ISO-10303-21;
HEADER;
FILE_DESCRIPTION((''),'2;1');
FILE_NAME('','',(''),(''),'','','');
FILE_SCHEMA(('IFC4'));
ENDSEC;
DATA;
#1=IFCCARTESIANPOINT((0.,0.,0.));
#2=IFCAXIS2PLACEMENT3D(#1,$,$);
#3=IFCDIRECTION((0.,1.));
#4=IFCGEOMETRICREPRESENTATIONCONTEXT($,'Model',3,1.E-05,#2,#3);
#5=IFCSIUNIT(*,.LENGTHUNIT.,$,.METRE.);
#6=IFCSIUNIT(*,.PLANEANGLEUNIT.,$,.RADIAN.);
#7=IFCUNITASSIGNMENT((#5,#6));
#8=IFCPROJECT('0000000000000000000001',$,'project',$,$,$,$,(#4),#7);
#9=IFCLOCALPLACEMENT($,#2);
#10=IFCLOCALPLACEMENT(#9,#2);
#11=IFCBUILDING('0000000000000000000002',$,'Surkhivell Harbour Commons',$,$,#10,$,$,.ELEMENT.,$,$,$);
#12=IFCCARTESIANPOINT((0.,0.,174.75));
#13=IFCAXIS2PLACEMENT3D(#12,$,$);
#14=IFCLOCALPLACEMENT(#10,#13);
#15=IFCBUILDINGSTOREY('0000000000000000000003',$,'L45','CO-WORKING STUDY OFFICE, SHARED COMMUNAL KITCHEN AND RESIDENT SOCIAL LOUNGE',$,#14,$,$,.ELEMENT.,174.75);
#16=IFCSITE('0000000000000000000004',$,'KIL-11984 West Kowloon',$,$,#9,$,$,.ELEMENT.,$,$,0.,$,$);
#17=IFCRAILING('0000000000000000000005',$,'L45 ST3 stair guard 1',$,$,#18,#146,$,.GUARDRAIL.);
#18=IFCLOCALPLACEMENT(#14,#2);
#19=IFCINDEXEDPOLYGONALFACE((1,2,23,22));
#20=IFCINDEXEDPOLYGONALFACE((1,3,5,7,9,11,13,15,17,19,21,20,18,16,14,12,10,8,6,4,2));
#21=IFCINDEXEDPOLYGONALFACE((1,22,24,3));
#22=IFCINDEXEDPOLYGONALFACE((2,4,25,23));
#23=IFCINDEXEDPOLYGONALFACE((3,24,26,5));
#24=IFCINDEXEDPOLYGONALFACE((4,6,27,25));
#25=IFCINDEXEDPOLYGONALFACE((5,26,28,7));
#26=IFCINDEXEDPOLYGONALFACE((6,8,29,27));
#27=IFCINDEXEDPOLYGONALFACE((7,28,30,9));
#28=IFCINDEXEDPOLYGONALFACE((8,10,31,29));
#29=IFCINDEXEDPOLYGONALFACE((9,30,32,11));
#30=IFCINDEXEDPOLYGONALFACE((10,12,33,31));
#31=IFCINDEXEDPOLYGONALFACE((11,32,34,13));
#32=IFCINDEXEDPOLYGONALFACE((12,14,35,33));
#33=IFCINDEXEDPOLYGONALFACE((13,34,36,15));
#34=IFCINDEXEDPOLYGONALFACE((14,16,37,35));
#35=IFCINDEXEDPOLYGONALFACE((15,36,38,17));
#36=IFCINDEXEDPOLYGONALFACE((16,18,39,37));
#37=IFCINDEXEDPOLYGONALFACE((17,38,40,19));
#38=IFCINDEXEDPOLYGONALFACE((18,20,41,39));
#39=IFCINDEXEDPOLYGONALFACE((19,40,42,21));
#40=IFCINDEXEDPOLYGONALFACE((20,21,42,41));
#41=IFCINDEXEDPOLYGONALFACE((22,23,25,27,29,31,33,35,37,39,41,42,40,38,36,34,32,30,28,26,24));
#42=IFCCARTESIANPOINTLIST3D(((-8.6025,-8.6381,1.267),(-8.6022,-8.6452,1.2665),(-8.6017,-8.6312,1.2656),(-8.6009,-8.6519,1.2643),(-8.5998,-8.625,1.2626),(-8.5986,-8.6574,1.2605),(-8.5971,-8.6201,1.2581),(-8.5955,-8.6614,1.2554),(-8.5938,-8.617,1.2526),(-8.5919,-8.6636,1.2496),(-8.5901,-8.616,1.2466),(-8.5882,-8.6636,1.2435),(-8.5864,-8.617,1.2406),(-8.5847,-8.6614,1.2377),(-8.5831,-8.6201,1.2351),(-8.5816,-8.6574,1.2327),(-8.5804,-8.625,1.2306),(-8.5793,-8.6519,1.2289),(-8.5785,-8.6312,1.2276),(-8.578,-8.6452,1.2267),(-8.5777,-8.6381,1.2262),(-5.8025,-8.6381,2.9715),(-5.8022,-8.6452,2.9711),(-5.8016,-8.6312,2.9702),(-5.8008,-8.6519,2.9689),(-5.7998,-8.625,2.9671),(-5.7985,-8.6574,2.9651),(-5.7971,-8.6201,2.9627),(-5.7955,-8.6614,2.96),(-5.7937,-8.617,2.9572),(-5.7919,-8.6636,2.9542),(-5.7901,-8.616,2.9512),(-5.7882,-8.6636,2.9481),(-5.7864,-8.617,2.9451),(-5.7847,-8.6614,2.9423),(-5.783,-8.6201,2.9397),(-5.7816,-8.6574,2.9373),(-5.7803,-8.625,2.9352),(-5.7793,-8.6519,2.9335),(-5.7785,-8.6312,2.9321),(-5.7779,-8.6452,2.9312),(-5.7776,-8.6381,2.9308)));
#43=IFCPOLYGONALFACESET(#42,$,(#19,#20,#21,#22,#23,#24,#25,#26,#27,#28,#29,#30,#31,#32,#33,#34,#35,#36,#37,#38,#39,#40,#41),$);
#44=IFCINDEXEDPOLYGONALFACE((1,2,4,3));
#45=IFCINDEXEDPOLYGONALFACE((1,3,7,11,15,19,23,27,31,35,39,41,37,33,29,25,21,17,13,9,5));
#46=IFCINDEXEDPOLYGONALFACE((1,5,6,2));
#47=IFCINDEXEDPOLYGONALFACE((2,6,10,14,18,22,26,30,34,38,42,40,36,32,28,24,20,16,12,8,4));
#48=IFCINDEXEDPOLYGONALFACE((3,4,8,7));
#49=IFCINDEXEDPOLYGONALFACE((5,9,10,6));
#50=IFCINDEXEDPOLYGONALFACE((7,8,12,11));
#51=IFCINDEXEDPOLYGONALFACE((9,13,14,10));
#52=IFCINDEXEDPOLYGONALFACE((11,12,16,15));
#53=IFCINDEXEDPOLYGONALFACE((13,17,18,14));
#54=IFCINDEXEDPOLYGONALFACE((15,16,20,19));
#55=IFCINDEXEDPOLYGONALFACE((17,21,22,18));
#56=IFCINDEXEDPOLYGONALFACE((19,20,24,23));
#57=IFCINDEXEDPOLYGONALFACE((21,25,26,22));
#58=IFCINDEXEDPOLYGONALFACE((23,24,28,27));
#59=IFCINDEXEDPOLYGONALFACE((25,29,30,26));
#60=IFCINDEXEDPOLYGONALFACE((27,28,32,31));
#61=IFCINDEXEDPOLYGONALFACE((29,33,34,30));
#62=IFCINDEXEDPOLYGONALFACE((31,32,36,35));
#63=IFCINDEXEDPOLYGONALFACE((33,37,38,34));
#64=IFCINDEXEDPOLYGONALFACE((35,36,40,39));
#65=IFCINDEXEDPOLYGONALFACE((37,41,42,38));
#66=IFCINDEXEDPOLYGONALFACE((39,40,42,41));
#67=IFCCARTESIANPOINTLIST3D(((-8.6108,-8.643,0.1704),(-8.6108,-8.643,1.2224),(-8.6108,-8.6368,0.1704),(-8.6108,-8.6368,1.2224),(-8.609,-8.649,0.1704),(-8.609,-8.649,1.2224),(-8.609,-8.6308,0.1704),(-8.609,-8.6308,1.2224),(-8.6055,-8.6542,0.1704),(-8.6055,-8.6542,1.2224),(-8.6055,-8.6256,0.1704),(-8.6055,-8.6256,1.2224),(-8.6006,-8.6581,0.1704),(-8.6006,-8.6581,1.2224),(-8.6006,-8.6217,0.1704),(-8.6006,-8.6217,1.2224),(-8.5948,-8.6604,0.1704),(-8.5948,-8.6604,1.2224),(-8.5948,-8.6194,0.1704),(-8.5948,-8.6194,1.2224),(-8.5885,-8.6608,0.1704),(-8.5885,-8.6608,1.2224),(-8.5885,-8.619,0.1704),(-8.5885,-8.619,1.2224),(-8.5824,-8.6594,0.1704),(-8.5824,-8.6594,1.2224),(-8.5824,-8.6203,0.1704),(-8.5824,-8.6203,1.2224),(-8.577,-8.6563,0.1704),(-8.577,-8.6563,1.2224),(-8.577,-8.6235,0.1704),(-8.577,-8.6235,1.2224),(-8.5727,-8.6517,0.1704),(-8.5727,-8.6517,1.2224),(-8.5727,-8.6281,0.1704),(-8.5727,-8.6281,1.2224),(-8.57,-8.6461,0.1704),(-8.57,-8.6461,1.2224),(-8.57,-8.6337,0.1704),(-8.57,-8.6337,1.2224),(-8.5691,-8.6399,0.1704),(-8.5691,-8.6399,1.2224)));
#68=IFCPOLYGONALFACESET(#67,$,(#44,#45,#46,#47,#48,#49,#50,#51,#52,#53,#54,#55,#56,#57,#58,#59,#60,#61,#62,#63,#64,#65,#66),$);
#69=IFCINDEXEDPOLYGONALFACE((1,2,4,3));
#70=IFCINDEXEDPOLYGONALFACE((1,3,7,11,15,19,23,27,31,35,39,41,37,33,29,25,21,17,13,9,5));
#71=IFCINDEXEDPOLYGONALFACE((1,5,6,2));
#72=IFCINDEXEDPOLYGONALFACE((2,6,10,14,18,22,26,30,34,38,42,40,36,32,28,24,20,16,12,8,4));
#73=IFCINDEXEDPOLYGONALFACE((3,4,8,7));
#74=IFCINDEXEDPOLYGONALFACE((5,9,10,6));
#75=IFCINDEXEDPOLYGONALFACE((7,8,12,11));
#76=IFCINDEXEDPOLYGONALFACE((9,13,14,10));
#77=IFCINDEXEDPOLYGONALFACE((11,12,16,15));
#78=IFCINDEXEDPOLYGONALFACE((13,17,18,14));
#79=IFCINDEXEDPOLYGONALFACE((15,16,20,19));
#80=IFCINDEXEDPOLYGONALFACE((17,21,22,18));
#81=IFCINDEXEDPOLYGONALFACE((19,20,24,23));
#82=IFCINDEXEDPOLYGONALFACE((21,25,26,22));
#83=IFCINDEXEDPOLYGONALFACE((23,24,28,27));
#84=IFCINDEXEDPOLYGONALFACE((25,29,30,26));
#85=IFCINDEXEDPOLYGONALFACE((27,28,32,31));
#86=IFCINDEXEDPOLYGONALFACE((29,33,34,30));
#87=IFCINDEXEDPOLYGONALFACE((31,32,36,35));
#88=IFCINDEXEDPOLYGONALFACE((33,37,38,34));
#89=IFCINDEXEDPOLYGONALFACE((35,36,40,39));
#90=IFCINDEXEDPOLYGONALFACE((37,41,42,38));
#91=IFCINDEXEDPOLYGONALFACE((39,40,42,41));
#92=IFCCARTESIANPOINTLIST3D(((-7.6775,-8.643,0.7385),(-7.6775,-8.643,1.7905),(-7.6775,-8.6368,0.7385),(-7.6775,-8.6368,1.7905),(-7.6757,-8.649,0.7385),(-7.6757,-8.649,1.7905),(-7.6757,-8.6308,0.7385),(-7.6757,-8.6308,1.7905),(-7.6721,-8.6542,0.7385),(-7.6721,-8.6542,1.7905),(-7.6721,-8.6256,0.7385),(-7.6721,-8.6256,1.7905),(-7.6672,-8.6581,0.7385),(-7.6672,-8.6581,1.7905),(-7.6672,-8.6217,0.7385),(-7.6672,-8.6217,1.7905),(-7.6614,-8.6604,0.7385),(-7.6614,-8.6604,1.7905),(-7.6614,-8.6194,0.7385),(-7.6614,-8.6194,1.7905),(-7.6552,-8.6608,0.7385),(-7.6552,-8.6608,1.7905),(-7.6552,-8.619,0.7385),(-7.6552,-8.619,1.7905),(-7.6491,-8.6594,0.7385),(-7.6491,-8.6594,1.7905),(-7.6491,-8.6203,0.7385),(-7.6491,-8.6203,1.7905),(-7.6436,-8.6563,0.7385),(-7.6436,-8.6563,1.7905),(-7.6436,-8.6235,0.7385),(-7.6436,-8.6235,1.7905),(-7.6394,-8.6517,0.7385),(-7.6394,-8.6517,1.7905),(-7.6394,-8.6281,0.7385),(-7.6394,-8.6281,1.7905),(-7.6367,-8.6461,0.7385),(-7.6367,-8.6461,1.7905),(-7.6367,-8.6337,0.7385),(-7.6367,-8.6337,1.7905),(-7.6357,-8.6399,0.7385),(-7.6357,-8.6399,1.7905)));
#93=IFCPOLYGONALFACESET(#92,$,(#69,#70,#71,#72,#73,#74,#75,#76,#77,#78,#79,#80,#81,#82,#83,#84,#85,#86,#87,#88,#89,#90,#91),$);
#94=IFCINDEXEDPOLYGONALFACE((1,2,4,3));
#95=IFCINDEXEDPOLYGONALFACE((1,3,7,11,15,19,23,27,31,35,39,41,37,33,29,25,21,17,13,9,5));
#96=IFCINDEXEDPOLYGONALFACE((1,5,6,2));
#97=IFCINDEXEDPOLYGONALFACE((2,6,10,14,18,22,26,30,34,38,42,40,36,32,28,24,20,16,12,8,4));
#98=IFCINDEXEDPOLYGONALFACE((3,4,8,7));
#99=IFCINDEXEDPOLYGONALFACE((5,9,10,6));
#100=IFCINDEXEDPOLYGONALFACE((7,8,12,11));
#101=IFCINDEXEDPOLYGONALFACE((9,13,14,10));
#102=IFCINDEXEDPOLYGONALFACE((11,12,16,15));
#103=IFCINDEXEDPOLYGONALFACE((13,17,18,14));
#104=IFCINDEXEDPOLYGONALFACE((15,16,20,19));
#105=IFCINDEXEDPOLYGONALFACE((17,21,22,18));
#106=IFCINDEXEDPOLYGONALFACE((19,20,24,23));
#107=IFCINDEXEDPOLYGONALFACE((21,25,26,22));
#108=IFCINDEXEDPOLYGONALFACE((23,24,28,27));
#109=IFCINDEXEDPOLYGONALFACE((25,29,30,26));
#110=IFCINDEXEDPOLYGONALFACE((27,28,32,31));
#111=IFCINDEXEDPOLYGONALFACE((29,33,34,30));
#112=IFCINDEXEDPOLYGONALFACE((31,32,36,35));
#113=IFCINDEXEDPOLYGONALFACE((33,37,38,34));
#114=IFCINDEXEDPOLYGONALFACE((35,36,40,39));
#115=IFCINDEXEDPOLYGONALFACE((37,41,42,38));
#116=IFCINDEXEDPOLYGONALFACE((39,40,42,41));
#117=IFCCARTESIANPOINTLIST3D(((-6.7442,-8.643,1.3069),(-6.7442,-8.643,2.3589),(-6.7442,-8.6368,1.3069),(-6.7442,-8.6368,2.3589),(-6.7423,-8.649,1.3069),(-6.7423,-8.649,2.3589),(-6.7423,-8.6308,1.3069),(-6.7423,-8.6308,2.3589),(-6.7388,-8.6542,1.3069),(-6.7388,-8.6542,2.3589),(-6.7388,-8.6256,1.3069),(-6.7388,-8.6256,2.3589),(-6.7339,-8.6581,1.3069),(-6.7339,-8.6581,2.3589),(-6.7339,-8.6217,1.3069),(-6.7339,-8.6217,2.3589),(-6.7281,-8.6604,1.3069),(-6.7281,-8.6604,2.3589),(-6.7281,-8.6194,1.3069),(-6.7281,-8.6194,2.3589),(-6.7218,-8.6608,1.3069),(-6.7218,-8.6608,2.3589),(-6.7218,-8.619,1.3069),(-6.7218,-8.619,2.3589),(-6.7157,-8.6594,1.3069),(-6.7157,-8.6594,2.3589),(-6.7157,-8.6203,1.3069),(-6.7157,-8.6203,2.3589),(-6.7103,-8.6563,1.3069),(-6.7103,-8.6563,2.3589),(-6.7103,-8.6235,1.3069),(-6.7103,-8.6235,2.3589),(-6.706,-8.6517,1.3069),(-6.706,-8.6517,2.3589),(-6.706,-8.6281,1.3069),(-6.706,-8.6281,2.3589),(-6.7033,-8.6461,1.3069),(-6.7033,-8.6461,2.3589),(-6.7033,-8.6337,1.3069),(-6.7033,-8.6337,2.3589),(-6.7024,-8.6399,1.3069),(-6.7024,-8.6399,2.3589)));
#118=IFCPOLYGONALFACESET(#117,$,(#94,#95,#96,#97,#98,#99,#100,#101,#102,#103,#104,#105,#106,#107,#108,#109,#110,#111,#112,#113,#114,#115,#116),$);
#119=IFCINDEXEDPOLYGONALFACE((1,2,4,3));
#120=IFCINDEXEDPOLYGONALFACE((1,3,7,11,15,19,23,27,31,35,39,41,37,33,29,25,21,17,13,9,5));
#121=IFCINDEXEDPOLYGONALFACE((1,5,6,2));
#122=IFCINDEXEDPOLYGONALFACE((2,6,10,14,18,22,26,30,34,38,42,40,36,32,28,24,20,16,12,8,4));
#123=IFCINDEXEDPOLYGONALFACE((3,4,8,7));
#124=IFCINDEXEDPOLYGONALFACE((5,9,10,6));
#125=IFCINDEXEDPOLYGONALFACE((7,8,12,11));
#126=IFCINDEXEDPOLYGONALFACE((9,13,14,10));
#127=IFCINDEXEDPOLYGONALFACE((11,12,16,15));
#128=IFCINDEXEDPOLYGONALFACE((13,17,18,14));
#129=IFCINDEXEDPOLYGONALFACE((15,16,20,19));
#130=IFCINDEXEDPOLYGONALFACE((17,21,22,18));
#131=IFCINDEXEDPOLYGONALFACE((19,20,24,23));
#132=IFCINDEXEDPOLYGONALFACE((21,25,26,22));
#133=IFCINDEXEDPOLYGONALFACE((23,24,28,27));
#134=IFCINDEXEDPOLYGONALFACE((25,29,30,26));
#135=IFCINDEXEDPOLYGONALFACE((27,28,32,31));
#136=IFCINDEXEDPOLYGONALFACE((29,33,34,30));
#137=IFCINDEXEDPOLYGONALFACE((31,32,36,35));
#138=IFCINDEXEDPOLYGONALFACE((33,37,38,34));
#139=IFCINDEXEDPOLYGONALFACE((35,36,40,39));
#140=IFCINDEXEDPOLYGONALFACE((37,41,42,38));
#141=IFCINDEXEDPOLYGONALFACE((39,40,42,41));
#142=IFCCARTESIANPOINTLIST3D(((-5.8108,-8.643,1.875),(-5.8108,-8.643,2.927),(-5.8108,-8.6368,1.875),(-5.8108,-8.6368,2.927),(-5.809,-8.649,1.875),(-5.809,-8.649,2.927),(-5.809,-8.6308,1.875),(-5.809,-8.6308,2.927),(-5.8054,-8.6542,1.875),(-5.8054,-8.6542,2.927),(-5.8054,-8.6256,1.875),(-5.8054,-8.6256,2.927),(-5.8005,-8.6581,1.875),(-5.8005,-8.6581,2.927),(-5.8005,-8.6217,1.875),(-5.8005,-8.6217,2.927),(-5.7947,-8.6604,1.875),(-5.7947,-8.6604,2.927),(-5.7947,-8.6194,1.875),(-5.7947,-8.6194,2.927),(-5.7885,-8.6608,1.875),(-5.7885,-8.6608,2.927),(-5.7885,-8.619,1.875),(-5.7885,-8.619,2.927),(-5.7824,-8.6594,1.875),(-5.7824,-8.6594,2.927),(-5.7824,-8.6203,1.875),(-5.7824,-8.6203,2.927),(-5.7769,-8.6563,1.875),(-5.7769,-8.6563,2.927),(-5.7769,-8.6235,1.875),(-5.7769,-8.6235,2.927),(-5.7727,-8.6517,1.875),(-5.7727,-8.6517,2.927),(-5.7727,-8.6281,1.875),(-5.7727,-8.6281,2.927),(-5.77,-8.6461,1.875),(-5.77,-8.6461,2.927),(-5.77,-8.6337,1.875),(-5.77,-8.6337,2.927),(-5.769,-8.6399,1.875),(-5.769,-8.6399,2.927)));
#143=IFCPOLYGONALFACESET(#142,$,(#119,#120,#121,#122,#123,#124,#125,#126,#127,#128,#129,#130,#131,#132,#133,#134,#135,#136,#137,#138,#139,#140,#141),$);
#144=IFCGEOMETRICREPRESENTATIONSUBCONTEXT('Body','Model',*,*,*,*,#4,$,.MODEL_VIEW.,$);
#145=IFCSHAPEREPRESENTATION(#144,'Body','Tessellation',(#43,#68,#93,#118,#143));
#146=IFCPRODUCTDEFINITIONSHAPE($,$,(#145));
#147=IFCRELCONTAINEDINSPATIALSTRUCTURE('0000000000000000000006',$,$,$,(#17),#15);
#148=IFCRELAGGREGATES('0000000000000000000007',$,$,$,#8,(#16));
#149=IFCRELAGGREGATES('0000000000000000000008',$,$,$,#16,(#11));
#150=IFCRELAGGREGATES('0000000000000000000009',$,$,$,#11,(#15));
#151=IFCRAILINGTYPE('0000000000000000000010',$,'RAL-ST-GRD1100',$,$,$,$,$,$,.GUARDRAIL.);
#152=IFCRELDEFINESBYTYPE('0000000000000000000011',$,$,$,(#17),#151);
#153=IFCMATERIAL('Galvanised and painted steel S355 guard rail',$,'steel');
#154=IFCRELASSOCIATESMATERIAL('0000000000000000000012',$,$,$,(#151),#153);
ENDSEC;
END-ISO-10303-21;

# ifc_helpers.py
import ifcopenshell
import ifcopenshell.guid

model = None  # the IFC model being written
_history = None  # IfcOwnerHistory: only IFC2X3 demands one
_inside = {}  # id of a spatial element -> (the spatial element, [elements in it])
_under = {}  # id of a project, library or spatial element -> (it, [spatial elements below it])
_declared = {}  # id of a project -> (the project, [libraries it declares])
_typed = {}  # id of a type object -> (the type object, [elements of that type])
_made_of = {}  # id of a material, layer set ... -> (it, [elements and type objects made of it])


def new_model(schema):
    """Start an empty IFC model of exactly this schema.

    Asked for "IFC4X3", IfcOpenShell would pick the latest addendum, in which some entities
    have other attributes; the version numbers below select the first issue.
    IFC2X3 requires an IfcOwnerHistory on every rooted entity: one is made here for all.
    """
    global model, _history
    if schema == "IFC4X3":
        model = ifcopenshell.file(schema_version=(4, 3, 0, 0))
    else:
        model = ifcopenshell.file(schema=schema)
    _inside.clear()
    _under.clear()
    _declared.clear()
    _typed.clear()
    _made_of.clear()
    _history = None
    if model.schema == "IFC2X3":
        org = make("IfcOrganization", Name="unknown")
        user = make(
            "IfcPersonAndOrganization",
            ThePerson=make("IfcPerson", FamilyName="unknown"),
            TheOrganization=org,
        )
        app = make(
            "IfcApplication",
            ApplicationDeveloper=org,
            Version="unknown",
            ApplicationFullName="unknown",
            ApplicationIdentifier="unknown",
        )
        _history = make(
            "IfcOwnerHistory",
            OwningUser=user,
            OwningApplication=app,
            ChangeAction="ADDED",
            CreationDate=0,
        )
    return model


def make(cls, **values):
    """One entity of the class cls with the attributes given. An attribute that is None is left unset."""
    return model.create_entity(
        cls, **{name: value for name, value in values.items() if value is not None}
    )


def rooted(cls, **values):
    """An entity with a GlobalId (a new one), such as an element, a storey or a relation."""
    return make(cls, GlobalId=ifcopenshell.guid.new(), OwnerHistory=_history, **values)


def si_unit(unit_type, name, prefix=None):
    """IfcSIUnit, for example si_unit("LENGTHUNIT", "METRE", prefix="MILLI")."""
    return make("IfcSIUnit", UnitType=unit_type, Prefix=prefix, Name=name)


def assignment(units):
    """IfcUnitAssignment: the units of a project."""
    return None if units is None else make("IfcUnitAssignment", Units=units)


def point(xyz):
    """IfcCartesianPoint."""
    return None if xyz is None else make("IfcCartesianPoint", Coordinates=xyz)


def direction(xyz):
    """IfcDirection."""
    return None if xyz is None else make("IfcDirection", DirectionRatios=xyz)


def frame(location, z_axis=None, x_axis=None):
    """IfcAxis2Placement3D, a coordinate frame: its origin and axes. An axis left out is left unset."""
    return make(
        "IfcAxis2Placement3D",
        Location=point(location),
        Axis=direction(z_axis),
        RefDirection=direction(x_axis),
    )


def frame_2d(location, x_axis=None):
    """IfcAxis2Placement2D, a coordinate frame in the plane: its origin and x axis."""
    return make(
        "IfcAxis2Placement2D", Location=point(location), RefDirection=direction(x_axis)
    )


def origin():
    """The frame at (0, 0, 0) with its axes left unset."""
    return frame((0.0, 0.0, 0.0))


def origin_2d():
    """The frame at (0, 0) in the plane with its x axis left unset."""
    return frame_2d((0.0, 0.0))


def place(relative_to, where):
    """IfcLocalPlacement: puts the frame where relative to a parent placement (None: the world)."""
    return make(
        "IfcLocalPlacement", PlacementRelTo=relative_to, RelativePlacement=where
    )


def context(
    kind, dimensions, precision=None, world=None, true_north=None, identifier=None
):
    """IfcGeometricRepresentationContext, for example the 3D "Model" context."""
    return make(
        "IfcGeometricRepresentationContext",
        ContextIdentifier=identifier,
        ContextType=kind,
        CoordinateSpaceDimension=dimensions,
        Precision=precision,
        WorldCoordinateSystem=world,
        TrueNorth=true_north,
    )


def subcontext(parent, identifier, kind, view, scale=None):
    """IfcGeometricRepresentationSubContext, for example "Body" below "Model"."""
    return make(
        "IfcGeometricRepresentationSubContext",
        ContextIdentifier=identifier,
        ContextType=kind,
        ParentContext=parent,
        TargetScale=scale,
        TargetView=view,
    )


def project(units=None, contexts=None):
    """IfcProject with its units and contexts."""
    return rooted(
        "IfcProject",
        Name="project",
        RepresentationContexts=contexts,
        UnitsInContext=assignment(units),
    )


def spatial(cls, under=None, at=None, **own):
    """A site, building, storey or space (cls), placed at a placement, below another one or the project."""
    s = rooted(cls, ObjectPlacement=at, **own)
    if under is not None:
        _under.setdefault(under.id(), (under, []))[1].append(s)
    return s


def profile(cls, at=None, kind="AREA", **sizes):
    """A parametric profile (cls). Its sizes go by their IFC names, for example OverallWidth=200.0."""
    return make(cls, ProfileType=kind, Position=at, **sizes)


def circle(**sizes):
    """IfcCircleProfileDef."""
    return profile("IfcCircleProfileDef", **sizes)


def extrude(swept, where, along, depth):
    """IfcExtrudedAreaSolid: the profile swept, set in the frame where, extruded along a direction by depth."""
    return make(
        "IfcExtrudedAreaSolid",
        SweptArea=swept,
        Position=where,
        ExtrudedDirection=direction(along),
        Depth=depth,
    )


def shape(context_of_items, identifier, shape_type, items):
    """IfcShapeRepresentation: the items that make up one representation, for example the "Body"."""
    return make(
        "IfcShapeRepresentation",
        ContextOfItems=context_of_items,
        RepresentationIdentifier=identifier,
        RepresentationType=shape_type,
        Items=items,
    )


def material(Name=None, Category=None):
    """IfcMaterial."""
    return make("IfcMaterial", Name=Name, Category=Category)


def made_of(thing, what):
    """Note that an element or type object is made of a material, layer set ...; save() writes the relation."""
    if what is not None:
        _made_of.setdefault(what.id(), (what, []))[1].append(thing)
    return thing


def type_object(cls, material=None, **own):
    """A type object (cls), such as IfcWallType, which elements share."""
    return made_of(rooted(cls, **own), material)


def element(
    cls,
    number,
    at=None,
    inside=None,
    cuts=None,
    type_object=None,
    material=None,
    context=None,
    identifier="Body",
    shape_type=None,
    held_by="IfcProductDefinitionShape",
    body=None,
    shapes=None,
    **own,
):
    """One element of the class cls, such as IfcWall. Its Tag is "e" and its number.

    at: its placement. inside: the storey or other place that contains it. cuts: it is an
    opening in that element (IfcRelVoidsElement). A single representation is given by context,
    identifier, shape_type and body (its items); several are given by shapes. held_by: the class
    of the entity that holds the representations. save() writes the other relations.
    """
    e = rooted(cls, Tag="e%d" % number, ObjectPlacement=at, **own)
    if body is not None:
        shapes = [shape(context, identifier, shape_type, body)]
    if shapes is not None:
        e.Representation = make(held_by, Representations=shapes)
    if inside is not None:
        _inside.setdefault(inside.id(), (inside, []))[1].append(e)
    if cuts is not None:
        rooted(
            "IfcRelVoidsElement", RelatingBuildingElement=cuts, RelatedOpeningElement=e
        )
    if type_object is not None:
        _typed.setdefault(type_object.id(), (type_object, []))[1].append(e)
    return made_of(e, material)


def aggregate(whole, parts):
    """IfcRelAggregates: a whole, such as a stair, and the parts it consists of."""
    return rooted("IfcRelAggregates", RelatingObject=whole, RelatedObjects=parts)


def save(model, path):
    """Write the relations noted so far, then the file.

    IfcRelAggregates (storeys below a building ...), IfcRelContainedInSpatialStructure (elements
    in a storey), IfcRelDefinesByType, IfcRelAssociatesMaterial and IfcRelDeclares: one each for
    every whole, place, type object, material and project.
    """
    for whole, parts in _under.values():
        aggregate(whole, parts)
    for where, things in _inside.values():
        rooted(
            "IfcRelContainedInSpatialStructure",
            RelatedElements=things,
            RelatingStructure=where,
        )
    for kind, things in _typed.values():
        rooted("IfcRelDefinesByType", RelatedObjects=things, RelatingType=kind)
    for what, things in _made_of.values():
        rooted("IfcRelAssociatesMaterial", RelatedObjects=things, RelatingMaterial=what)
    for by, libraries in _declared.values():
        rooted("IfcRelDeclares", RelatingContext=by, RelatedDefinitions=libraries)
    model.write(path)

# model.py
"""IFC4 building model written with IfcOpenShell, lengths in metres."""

from ifc_helpers import new_model, si_unit, direction, frame, origin, origin_2d, place, context, subcontext, project, spatial, circle, extrude, material, type_object, element, save


model = new_model("IFC4")

# Units and contexts
model_context = context("Model", 3, precision=1e-05, world=origin(), true_north=direction((0.0, 1.0)))
body_context = subcontext(model_context, "Body", "Model", "MODEL_VIEW")
ifc_project = project(units=[si_unit("LENGTHUNIT", "METRE"), si_unit("PLANEANGLEUNIT", "RADIAN")], contexts=[model_context])

# Site, building, storey
site_placement = place(None, origin())
site = spatial("IfcSite", under=ifc_project, at=site_placement, Name="KIL-11984 West Kowloon", CompositionType="ELEMENT", RefElevation=0.0)
building_placement = place(site_placement, origin())
building = spatial("IfcBuilding", under=site, at=building_placement, Name="Surkhivell Harbour Commons", CompositionType="ELEMENT")
storey_placement = place(building_placement, frame((0.0, 0.0, 174.75)))
storey = spatial("IfcBuildingStorey", under=building, at=storey_placement, Name="L45", Description="CO-WORKING STUDY OFFICE, SHARED COMMUNAL KITCHEN AND RESIDENT SOCIAL LOUNGE", CompositionType="ELEMENT", Elevation=174.75)

# Railing
ifc_material_1 = material(Name="Galvanised and painted steel S355 guard rail", Category="steel")
railing_type_1 = type_object("IfcRailingType", Name="RAL-ST-GRD1100", PredefinedType="GUARDRAIL", material=ifc_material_1)
railing_1_placement = place(storey_placement, frame((-8.5901, -8.6399, 0.1704)))
element("IfcRailing", 1, at=railing_1_placement, inside=storey, type_object=railing_type_1, Name="L45 ST3 stair guard 1", PredefinedType="GUARDRAIL", context=body_context, shape_type="SweptSolid", body=[
    extrude(circle(Radius=0.0239, at=origin_2d()), frame((0.0, 0.0, 1.0762), z_axis=(0.85417, 0.0, 0.519994), x_axis=(0.0, 1.0, 0.0)), (0.0, 0.0, 1.0), 3.2781),
    extrude(circle(Radius=0.021, at=origin_2d()), origin(), (0.0, 0.0, 1.0), 1.052),
    extrude(circle(Radius=0.021, at=origin_2d()), frame((0.9333, 0.0, 0.5681)), (0.0, 0.0, 1.0), 1.052),
    extrude(circle(Radius=0.021, at=origin_2d()), frame((1.8667, 0.0, 1.1365)), (0.0, 0.0, 1.0), 1.052),
    extrude(circle(Radius=0.021, at=origin_2d()), frame((2.8, 0.0, 1.7046)), (0.0, 0.0, 1.0), 1.052),
])

save(model, "model.ifc")
